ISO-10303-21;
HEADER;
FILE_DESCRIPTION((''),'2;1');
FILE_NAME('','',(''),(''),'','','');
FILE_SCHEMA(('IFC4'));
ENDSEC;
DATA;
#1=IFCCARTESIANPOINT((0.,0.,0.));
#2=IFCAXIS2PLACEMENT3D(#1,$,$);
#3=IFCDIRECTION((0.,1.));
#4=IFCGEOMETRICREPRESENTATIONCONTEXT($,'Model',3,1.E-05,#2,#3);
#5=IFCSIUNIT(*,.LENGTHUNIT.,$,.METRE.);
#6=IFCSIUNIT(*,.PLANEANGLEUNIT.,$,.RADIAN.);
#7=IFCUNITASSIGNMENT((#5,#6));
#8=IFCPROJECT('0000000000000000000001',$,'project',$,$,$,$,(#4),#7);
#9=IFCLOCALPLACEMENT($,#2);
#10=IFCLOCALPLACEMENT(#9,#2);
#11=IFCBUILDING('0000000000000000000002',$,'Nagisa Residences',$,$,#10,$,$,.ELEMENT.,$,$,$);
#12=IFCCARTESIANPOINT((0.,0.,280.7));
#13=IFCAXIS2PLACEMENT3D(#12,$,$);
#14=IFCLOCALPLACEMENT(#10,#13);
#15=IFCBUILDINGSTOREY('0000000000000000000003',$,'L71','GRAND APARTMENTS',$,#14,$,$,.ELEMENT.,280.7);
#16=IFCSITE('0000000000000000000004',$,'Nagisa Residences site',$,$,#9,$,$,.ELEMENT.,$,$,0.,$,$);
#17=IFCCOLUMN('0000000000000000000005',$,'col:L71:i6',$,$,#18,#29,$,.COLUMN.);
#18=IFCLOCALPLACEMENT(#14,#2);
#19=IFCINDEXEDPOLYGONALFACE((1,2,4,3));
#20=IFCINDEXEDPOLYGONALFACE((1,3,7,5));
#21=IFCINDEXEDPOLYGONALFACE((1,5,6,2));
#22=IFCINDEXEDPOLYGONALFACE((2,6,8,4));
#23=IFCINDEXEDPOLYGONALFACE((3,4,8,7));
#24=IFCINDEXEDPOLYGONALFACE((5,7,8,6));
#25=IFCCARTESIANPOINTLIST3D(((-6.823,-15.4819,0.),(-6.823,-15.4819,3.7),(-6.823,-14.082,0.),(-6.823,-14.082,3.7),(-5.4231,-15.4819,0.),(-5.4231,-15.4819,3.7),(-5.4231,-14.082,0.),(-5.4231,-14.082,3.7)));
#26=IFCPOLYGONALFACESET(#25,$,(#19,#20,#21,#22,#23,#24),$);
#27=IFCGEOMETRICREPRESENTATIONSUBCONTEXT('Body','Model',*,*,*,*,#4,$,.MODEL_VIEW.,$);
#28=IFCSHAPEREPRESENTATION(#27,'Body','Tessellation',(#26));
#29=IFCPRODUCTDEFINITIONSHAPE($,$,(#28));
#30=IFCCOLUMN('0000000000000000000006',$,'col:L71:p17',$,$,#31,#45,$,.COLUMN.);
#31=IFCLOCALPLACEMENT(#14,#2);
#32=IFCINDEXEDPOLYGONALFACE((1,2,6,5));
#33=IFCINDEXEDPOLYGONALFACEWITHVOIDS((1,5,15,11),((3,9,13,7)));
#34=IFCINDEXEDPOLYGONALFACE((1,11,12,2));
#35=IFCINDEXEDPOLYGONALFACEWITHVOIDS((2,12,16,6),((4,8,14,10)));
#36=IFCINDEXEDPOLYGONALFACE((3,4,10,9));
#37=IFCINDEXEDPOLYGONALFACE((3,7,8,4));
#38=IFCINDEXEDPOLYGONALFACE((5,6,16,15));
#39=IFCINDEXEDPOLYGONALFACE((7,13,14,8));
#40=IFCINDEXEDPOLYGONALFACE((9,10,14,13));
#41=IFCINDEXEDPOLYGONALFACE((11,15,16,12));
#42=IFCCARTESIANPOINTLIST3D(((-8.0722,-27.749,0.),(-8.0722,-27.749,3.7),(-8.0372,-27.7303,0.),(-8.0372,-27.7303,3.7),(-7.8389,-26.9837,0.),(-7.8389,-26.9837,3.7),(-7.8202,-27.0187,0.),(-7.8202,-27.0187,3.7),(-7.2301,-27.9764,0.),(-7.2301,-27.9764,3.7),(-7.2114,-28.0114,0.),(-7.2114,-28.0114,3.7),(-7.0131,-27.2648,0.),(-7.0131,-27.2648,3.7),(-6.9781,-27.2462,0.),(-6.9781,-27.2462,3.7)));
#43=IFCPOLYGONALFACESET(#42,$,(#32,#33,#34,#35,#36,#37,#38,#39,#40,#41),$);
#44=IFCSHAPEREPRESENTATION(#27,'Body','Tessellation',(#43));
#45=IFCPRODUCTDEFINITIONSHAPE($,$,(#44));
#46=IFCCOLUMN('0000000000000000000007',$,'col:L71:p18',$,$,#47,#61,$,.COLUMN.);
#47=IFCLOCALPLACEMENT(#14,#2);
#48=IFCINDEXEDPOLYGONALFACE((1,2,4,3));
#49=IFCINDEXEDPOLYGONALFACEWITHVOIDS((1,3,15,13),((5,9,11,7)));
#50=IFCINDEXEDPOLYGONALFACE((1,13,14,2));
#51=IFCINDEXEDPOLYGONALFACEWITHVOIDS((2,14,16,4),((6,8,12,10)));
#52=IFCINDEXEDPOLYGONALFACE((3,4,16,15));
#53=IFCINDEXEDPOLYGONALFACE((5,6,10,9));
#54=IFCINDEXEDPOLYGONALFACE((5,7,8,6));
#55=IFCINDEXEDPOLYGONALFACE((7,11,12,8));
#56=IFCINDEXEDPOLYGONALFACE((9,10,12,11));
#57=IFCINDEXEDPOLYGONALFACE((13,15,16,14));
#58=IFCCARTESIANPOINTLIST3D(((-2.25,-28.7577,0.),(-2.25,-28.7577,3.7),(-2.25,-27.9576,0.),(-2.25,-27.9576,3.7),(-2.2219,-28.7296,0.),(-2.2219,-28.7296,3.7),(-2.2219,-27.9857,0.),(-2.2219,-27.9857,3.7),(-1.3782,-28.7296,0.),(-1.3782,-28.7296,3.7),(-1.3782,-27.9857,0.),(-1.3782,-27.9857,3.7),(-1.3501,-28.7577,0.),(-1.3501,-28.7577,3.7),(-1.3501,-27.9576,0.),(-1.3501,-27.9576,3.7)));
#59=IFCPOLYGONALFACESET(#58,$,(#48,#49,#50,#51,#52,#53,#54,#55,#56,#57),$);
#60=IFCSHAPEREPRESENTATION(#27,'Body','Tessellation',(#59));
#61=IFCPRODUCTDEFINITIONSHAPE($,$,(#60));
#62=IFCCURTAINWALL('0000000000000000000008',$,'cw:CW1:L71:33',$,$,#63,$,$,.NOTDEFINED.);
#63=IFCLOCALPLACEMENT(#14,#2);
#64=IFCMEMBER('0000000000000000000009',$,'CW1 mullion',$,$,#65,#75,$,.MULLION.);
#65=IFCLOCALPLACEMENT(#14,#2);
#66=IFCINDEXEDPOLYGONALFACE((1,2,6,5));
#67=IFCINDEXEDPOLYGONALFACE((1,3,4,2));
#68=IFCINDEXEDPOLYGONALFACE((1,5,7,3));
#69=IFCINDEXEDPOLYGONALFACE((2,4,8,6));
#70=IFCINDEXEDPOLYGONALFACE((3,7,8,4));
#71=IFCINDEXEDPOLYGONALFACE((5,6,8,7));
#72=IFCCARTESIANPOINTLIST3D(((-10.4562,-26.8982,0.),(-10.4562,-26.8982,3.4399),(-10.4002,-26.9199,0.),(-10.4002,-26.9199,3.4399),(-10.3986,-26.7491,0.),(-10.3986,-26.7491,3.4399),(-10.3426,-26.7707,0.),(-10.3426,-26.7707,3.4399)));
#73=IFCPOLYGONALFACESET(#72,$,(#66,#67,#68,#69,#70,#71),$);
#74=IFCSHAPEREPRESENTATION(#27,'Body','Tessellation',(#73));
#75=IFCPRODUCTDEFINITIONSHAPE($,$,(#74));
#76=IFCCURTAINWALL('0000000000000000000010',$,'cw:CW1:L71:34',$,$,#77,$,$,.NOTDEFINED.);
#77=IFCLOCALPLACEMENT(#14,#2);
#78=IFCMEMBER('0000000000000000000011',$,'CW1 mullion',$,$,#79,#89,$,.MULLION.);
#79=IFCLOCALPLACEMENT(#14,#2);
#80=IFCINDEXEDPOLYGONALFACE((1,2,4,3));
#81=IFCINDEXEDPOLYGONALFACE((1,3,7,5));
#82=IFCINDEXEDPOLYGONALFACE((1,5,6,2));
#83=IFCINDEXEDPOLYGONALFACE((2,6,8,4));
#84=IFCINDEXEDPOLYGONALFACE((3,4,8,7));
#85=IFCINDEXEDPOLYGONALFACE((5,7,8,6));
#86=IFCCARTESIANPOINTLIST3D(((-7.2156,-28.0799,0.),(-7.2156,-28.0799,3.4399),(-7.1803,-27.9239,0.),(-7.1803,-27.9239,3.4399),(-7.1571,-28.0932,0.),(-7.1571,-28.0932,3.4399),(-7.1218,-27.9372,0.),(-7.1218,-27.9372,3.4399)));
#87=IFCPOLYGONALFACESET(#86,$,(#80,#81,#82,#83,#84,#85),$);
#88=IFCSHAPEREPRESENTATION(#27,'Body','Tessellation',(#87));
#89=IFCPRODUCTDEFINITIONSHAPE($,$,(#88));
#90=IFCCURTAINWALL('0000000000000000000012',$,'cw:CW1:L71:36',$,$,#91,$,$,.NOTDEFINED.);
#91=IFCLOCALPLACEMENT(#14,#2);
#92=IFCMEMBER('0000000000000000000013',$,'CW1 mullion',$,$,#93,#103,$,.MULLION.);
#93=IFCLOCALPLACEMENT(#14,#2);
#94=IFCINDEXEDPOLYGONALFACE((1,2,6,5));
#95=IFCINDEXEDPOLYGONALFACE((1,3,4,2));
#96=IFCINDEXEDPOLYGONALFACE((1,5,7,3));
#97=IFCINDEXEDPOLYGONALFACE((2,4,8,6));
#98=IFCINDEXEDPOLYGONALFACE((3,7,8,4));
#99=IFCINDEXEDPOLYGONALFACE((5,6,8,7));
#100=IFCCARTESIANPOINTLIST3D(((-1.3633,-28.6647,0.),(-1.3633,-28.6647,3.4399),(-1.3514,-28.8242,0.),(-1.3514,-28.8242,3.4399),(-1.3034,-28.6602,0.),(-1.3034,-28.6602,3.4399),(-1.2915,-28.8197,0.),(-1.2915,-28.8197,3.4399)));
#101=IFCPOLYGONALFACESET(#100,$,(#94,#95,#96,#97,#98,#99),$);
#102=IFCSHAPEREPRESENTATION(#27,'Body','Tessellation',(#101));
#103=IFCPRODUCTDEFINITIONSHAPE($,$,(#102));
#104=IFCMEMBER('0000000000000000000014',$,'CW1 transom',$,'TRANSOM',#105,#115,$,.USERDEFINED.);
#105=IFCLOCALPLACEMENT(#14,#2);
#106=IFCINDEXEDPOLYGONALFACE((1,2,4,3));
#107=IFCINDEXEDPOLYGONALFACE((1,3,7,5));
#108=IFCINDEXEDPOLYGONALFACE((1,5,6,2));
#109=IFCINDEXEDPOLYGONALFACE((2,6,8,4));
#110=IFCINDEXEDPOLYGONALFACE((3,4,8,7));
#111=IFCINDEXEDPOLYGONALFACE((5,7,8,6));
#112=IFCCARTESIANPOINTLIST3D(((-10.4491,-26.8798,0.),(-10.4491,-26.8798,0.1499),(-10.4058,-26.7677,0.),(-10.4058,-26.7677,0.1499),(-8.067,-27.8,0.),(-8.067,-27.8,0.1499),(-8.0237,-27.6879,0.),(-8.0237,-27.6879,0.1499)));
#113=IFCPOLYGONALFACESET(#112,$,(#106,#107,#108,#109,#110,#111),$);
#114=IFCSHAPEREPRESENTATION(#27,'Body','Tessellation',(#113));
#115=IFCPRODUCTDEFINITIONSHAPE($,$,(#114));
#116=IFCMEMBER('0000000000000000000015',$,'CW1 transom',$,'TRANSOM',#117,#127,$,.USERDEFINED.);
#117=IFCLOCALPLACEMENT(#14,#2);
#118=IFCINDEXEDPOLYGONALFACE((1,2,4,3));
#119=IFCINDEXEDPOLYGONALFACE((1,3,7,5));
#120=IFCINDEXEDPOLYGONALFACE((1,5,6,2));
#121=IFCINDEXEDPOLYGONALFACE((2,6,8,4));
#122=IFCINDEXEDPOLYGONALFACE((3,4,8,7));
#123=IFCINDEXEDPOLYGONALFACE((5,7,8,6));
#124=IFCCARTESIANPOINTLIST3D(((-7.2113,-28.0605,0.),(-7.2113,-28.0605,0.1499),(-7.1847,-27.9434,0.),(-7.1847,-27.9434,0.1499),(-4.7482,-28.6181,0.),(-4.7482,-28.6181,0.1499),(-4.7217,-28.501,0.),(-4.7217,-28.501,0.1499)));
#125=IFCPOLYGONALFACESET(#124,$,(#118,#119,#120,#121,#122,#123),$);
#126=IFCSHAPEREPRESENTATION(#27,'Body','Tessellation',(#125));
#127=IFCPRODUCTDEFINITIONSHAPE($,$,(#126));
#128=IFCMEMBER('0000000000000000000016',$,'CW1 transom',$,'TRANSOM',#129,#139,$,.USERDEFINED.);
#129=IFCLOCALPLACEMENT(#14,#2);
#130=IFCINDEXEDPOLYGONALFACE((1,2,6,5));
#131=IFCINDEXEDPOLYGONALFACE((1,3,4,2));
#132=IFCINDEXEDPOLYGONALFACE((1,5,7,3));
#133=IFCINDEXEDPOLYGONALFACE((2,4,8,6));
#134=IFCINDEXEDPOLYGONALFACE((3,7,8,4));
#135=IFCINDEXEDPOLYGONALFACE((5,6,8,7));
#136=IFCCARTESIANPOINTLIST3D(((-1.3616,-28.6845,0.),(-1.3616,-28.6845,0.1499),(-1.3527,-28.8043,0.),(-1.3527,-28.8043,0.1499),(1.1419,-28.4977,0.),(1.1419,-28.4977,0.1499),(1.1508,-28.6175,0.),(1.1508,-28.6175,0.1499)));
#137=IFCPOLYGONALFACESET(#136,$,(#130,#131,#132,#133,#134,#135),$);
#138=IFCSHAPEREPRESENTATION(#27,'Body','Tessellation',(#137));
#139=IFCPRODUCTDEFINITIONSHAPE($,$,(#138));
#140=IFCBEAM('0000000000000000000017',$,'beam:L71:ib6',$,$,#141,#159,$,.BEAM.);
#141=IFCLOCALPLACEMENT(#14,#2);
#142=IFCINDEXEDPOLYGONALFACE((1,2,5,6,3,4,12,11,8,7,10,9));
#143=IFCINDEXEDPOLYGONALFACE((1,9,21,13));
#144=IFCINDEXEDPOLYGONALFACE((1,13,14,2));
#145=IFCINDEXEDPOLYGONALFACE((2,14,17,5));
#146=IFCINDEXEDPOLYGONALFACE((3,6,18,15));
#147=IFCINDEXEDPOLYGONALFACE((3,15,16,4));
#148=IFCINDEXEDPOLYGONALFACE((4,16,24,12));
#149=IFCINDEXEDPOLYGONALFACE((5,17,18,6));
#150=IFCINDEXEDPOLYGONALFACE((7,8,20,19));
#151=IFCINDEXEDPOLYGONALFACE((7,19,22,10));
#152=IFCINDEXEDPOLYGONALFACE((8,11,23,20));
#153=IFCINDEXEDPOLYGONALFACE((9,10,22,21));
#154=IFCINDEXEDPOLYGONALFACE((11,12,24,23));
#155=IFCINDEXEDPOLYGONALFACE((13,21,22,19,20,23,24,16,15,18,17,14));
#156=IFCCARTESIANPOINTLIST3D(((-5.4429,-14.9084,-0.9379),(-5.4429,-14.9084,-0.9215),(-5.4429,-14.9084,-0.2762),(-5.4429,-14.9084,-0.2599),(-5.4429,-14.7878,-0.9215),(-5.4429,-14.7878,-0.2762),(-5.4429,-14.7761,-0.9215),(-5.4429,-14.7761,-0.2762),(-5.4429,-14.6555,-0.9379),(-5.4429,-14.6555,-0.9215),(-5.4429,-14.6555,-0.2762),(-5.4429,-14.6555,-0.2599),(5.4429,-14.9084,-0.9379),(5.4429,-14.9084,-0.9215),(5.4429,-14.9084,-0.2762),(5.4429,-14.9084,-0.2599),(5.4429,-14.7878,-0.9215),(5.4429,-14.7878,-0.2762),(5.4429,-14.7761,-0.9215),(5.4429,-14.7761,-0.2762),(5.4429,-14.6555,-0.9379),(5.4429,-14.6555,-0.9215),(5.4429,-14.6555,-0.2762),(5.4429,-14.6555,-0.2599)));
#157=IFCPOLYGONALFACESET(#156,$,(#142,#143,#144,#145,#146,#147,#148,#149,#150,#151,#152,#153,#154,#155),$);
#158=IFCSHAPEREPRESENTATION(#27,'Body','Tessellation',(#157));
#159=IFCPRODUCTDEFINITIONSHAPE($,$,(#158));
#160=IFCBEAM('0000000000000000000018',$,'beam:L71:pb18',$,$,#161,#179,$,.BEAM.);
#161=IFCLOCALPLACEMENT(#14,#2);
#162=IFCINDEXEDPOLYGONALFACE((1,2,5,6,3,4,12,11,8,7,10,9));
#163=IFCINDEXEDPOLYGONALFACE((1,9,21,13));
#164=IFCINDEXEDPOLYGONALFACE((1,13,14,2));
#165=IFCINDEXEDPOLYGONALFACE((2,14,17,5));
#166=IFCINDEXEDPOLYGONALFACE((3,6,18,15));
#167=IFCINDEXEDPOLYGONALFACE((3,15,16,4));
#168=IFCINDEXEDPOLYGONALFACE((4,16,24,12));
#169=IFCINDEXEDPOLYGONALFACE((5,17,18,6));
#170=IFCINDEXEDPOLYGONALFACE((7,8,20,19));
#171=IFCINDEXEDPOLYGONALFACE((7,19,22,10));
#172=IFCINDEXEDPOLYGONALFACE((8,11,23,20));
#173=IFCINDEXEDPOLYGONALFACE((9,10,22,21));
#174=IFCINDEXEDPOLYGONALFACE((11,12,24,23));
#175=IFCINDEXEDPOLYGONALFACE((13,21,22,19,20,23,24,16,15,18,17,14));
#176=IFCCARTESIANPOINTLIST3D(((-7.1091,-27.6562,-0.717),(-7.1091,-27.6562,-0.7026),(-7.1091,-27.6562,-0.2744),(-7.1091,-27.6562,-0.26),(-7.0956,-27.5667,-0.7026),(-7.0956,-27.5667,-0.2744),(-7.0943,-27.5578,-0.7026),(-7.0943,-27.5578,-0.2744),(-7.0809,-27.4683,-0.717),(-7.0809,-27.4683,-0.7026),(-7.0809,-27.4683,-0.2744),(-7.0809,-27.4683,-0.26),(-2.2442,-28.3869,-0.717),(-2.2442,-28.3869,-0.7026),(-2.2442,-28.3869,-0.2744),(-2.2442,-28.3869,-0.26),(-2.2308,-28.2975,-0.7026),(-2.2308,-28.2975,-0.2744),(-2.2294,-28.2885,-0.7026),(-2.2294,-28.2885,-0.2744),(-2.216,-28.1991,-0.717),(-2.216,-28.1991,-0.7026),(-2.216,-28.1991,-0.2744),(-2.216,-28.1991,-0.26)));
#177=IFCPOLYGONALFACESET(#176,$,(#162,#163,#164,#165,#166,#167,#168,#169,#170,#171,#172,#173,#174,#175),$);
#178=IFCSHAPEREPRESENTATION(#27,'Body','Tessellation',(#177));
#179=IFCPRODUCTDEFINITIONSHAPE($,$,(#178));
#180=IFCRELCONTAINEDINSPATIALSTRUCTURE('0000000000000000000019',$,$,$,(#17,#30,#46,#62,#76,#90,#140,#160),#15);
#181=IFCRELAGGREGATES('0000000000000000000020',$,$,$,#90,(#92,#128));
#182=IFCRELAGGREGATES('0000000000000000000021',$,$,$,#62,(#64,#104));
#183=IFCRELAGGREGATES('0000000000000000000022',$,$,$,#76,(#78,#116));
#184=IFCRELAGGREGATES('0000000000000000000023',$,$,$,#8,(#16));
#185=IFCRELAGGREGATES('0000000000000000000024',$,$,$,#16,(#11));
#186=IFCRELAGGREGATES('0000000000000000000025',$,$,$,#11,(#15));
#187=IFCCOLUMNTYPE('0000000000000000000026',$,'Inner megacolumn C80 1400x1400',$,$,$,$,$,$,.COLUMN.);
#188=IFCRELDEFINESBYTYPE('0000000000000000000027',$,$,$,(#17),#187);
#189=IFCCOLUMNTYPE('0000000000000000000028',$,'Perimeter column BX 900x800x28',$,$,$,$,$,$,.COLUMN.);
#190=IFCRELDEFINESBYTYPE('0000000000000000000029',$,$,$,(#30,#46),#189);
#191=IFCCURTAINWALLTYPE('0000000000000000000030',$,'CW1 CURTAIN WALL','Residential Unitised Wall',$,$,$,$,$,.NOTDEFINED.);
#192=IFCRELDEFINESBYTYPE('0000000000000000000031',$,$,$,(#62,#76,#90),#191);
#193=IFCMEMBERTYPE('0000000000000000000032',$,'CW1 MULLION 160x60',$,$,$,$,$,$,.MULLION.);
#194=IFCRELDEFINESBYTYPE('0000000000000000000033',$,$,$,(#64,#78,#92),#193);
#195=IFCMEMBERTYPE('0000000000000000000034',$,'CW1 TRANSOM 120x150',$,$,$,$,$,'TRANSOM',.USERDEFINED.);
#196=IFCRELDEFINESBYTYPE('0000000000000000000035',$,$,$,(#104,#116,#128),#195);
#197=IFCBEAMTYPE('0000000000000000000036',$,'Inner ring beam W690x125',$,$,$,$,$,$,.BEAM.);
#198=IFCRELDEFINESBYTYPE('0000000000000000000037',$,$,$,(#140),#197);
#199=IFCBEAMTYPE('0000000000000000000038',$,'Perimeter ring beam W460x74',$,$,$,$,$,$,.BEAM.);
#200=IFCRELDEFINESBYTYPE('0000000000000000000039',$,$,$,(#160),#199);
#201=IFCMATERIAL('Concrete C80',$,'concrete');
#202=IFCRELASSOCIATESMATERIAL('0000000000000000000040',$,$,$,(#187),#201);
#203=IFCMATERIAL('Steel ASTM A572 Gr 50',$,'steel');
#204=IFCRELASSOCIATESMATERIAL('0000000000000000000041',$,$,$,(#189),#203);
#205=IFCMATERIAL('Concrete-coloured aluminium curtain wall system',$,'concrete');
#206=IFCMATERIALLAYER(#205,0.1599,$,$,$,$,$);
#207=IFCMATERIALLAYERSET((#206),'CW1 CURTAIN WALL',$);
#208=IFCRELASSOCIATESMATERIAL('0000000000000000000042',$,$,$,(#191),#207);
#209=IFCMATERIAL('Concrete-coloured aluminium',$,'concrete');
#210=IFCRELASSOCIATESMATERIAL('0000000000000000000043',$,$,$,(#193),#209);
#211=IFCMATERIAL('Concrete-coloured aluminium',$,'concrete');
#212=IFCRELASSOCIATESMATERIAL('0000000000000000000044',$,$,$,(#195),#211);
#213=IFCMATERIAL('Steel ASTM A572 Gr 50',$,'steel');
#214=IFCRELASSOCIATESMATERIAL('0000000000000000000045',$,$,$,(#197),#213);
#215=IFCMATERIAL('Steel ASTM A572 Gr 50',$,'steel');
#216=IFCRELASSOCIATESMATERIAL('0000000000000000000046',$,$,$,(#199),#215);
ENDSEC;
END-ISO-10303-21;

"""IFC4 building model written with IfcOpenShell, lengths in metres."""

from ifc_helpers import new_model, si_unit, direction, frame, origin, origin_2d, place, context, subcontext, project, spatial, rectangle, hollow_rectangle, i_section, extrude, material, layer, layer_set, material_profile, profile_set, type_object, element, aggregate, save


model = new_model("IFC4")

# Units and contexts
model_context = context("Model", 3, precision=1e-05, world=origin(), true_north=direction((0.0, 1.0)))
body_context = subcontext(model_context, "Body", "Model", "MODEL_VIEW")
ifc_project = project(units=[si_unit("LENGTHUNIT", "METRE"), si_unit("PLANEANGLEUNIT", "RADIAN")], contexts=[model_context])

# Site, building, storey
site_placement = place(None, origin())
site = spatial("IfcSite", under=ifc_project, at=site_placement, Name="Nagisa Residences site", CompositionType="ELEMENT", RefElevation=0.0)
building_placement = place(site_placement, origin())
building = spatial("IfcBuilding", under=site, at=building_placement, Name="Nagisa Residences", CompositionType="ELEMENT")
storey_placement = place(building_placement, frame((0.0, 0.0, 280.7)))
storey = spatial("IfcBuildingStorey", under=building, at=storey_placement, Name="L71", Description="GRAND APARTMENTS", CompositionType="ELEMENT", Elevation=280.7)

# Columns
ifc_material_1 = material(Name="Concrete C80", Category="concrete")
ifc_material_profile_1 = material_profile(ifc_material_1, rectangle(XDim=1.3999, YDim=1.3999, at=origin_2d()), Name="C80 1400x1400")
ifc_profile_set_1 = profile_set([ifc_material_profile_1], Name="Concrete C80")
column_type_1 = type_object("IfcColumnType", Name="Inner megacolumn C80 1400x1400", PredefinedType="COLUMN", material=ifc_profile_set_1)
column_placement = place(storey_placement, frame((-6.123, -14.782, 0.0), z_axis=(0.0, 0.0, 1.0), x_axis=(1.0, 0.0, 0.0)))
element("IfcColumn", 1, at=column_placement, inside=storey, type_object=column_type_1, Name="col:L71:i6", PredefinedType="COLUMN", context=body_context, shape_type="SweptSolid", body=[
    extrude(rectangle(XDim=1.3999, YDim=1.3999, at=origin_2d()), origin(), (0.0, 0.0, 1.0), 3.7),
])
ifc_material_2 = material(Name="Steel ASTM A572 Gr 50", Category="steel")
ifc_material_profile_2 = material_profile(ifc_material_2, hollow_rectangle(XDim=0.8999, YDim=0.8, WallThickness=0.0281, at=origin_2d()), Name="BX 900x800x28")
ifc_profile_set_2 = profile_set([ifc_material_profile_2], Name="Steel ASTM A572 Gr 50")
column_type_2 = type_object("IfcColumnType", Name="Perimeter column BX 900x800x28", PredefinedType="COLUMN", material=ifc_profile_set_2)
for number, where, z_axis, x_axis, name in (
    (2, (-7.5251, -27.4976, 0.0), (0.0, 0.0, 1.0), (0.956525, -0.291652, 0.0), "col:L71:p17"),
    (3, (-1.8, -28.3577, 0.0), (0.0, 0.0, 1.0), (1.0, 0.0, 0.0), "col:L71:p18"),
):
    element("IfcColumn", number, at=place(storey_placement, frame(where, z_axis=z_axis, x_axis=x_axis)), inside=storey, type_object=column_type_2, Name=name, PredefinedType="COLUMN", context=body_context, shape_type="SweptSolid", body=[
        extrude(hollow_rectangle(XDim=0.8999, YDim=0.8, WallThickness=0.0281, at=origin_2d()), origin(), (0.0, 0.0, 1.0), 3.7),
    ])

# Curtain walls, members
ifc_material_3 = material(Name="Concrete-coloured aluminium curtain wall system", Category="concrete")
ifc_layer_1 = layer(ifc_material_3, 0.1599)
ifc_layer_set_1 = layer_set([ifc_layer_1], Name="CW1 CURTAIN WALL")
curtain_wall_type = type_object("IfcCurtainWallType", Name="CW1 CURTAIN WALL", Description="Residential Unitised Wall", PredefinedType="NOTDEFINED", material=ifc_layer_set_1)
curtain_wall_1_placement = place(storey_placement, origin())
curtain_wall_1 = element("IfcCurtainWall", 4, at=curtain_wall_1_placement, inside=storey, type_object=curtain_wall_type, Name="cw:CW1:L71:33", PredefinedType="NOTDEFINED")
ifc_material_4 = material(Name="Concrete-coloured aluminium", Category="concrete")
ifc_material_profile_3 = material_profile(ifc_material_4, rectangle(XDim=0.1599, YDim=0.0601, at=origin_2d()), Name="CW1 MULLION 160x60")
ifc_profile_set_3 = profile_set([ifc_material_profile_3], Name="Concrete-coloured aluminium")
member_type_1 = type_object("IfcMemberType", Name="CW1 MULLION 160x60", PredefinedType="MULLION", material=ifc_profile_set_3)
member_1_placement = place(storey_placement, frame((-10.3994, -26.8345, 0.0), z_axis=(0.0, 0.0, 1.0), x_axis=(0.360328, 0.932826, 0.0)))
member_1 = element("IfcMember", 5, at=member_1_placement, type_object=member_type_1, Name="CW1 mullion", PredefinedType="MULLION", context=body_context, shape_type="SweptSolid", body=[
    extrude(rectangle(XDim=0.1599, YDim=0.0601, at=origin_2d()), origin(), (0.0, 0.0, 1.0), 3.4399),
])
curtain_wall_2_placement = place(storey_placement, origin())
curtain_wall_2 = element("IfcCurtainWall", 6, at=curtain_wall_2_placement, inside=storey, type_object=curtain_wall_type, Name="cw:CW1:L71:34", PredefinedType="NOTDEFINED")
member_2_placement = place(storey_placement, frame((-7.1687, -28.0085, 0.0), z_axis=(0.0, 0.0, 1.0), x_axis=(0.220764, 0.975327, 0.0)))
member_2 = element("IfcMember", 7, at=member_2_placement, type_object=member_type_1, Name="CW1 mullion", PredefinedType="MULLION", context=body_context, shape_type="SweptSolid", body=[
    extrude(rectangle(XDim=0.1599, YDim=0.0601, at=origin_2d()), origin(), (0.0, 0.0, 1.0), 3.4399),
])
curtain_wall_3_placement = place(storey_placement, origin())
curtain_wall_3 = element("IfcCurtainWall", 8, at=curtain_wall_3_placement, inside=storey, type_object=curtain_wall_type, Name="cw:CW1:L71:36", PredefinedType="NOTDEFINED")
member_3_placement = place(storey_placement, frame((-1.3274, -28.7422, 0.0), z_axis=(0.0, 0.0, 1.0), x_axis=(-0.074377, 0.99723, 0.0)))
member_3 = element("IfcMember", 9, at=member_3_placement, type_object=member_type_1, Name="CW1 mullion", PredefinedType="MULLION", context=body_context, shape_type="SweptSolid", body=[
    extrude(rectangle(XDim=0.1599, YDim=0.0601, at=origin_2d()), origin(), (0.0, 0.0, 1.0), 3.4399),
])

# Members
ifc_material_5 = material(Name="Concrete-coloured aluminium", Category="concrete")
ifc_material_profile_4 = material_profile(ifc_material_5, rectangle(XDim=0.1201, YDim=0.1499, at=origin_2d()), Name="CW1 TRANSOM 120x150")
ifc_profile_set_4 = profile_set([ifc_material_profile_4], Name="Concrete-coloured aluminium")
member_type_2 = type_object("IfcMemberType", Name="CW1 TRANSOM 120x150", ElementType="TRANSOM", PredefinedType="USERDEFINED", material=ifc_profile_set_4)
member_4_placement = place(storey_placement, frame((-10.4275, -26.8237, 0.075), z_axis=(0.932822, -0.360337, 0.0), x_axis=(0.360337, 0.932822, 0.0)))
member_4 = element("IfcMember", 10, at=member_4_placement, type_object=member_type_2, Name="CW1 transom", ObjectType="TRANSOM", PredefinedType="USERDEFINED", context=body_context, shape_type="SweptSolid", body=[
    extrude(rectangle(XDim=0.1201, YDim=0.1499, at=origin_2d()), origin(), (0.0, 0.0, 1.0), 2.5537),
])
member_5_placement = place(storey_placement, frame((-7.198, -28.002, 0.075), z_axis=(0.97532, -0.220798, 0.0), x_axis=(0.220798, 0.97532, 0.0)))
member_5 = element("IfcMember", 11, at=member_5_placement, type_object=member_type_2, Name="CW1 transom", ObjectType="TRANSOM", PredefinedType="USERDEFINED", context=body_context, shape_type="SweptSolid", body=[
    extrude(rectangle(XDim=0.1201, YDim=0.1499, at=origin_2d()), origin(), (0.0, 0.0, 1.0), 2.5254),
])
member_6_placement = place(storey_placement, frame((-1.3572, -28.7444, 0.075), z_axis=(0.997229, 0.074391, 0.0), x_axis=(-0.074391, 0.997229, 0.0)))
member_6 = element("IfcMember", 12, at=member_6_placement, type_object=member_type_2, Name="CW1 transom", ObjectType="TRANSOM", PredefinedType="USERDEFINED", context=body_context, shape_type="SweptSolid", body=[
    extrude(rectangle(XDim=0.1201, YDim=0.1499, at=origin_2d()), origin(), (0.0, 0.0, 1.0), 2.5105),
])
aggregate(curtain_wall_3, [member_3, member_6])

# Beams
ifc_material_6 = material(Name="Steel ASTM A572 Gr 50", Category="steel")
ifc_material_profile_5 = material_profile(ifc_material_6, i_section(OverallWidth=0.2529, OverallDepth=0.678, WebThickness=0.0117, FlangeThickness=0.0164, at=origin_2d()), Name="W690x125")
ifc_profile_set_5 = profile_set([ifc_material_profile_5], Name="Steel ASTM A572 Gr 50")
beam_type_1 = type_object("IfcBeamType", Name="Inner ring beam W690x125", PredefinedType="BEAM", material=ifc_profile_set_5)
beam_1_placement = place(storey_placement, frame((-5.4429, -14.782, -0.5989), z_axis=(1.0, 0.0, 0.0), x_axis=(0.0, 1.0, 0.0)))
element("IfcBeam", 13, at=beam_1_placement, inside=storey, type_object=beam_type_1, Name="beam:L71:ib6", PredefinedType="BEAM", context=body_context, shape_type="SweptSolid", body=[
    extrude(i_section(OverallWidth=0.2529, OverallDepth=0.678, WebThickness=0.0117, FlangeThickness=0.0164, at=origin_2d()), origin(), (0.0, 0.0, 1.0), 10.8857),
])
ifc_material_7 = material(Name="Steel ASTM A572 Gr 50", Category="steel")
ifc_material_profile_6 = material_profile(ifc_material_7, i_section(OverallWidth=0.1899, OverallDepth=0.457, WebThickness=0.009, FlangeThickness=0.0144, at=origin_2d()), Name="W460x74")
ifc_profile_set_6 = profile_set([ifc_material_profile_6], Name="Steel ASTM A572 Gr 50")
beam_type_2 = type_object("IfcBeamType", Name="Perimeter ring beam W460x74", PredefinedType="BEAM", material=ifc_profile_set_6)
beam_2_placement = place(storey_placement, frame((-7.095, -27.5623, -0.4885), z_axis=(0.988906, -0.148539, 0.0), x_axis=(0.148539, 0.988906, 0.0)))
element("IfcBeam", 14, at=beam_2_placement, inside=storey, type_object=beam_type_2, Name="beam:L71:pb18", PredefinedType="BEAM", context=body_context, shape_type="SweptSolid", body=[
    extrude(i_section(OverallWidth=0.1899, OverallDepth=0.457, WebThickness=0.009, FlangeThickness=0.0144, at=origin_2d()), origin(), (0.0, 0.0, 1.0), 4.9194),
])

aggregate(curtain_wall_1, [member_1, member_4])
aggregate(curtain_wall_2, [member_2, member_5])

save(model, "model.ifc")
